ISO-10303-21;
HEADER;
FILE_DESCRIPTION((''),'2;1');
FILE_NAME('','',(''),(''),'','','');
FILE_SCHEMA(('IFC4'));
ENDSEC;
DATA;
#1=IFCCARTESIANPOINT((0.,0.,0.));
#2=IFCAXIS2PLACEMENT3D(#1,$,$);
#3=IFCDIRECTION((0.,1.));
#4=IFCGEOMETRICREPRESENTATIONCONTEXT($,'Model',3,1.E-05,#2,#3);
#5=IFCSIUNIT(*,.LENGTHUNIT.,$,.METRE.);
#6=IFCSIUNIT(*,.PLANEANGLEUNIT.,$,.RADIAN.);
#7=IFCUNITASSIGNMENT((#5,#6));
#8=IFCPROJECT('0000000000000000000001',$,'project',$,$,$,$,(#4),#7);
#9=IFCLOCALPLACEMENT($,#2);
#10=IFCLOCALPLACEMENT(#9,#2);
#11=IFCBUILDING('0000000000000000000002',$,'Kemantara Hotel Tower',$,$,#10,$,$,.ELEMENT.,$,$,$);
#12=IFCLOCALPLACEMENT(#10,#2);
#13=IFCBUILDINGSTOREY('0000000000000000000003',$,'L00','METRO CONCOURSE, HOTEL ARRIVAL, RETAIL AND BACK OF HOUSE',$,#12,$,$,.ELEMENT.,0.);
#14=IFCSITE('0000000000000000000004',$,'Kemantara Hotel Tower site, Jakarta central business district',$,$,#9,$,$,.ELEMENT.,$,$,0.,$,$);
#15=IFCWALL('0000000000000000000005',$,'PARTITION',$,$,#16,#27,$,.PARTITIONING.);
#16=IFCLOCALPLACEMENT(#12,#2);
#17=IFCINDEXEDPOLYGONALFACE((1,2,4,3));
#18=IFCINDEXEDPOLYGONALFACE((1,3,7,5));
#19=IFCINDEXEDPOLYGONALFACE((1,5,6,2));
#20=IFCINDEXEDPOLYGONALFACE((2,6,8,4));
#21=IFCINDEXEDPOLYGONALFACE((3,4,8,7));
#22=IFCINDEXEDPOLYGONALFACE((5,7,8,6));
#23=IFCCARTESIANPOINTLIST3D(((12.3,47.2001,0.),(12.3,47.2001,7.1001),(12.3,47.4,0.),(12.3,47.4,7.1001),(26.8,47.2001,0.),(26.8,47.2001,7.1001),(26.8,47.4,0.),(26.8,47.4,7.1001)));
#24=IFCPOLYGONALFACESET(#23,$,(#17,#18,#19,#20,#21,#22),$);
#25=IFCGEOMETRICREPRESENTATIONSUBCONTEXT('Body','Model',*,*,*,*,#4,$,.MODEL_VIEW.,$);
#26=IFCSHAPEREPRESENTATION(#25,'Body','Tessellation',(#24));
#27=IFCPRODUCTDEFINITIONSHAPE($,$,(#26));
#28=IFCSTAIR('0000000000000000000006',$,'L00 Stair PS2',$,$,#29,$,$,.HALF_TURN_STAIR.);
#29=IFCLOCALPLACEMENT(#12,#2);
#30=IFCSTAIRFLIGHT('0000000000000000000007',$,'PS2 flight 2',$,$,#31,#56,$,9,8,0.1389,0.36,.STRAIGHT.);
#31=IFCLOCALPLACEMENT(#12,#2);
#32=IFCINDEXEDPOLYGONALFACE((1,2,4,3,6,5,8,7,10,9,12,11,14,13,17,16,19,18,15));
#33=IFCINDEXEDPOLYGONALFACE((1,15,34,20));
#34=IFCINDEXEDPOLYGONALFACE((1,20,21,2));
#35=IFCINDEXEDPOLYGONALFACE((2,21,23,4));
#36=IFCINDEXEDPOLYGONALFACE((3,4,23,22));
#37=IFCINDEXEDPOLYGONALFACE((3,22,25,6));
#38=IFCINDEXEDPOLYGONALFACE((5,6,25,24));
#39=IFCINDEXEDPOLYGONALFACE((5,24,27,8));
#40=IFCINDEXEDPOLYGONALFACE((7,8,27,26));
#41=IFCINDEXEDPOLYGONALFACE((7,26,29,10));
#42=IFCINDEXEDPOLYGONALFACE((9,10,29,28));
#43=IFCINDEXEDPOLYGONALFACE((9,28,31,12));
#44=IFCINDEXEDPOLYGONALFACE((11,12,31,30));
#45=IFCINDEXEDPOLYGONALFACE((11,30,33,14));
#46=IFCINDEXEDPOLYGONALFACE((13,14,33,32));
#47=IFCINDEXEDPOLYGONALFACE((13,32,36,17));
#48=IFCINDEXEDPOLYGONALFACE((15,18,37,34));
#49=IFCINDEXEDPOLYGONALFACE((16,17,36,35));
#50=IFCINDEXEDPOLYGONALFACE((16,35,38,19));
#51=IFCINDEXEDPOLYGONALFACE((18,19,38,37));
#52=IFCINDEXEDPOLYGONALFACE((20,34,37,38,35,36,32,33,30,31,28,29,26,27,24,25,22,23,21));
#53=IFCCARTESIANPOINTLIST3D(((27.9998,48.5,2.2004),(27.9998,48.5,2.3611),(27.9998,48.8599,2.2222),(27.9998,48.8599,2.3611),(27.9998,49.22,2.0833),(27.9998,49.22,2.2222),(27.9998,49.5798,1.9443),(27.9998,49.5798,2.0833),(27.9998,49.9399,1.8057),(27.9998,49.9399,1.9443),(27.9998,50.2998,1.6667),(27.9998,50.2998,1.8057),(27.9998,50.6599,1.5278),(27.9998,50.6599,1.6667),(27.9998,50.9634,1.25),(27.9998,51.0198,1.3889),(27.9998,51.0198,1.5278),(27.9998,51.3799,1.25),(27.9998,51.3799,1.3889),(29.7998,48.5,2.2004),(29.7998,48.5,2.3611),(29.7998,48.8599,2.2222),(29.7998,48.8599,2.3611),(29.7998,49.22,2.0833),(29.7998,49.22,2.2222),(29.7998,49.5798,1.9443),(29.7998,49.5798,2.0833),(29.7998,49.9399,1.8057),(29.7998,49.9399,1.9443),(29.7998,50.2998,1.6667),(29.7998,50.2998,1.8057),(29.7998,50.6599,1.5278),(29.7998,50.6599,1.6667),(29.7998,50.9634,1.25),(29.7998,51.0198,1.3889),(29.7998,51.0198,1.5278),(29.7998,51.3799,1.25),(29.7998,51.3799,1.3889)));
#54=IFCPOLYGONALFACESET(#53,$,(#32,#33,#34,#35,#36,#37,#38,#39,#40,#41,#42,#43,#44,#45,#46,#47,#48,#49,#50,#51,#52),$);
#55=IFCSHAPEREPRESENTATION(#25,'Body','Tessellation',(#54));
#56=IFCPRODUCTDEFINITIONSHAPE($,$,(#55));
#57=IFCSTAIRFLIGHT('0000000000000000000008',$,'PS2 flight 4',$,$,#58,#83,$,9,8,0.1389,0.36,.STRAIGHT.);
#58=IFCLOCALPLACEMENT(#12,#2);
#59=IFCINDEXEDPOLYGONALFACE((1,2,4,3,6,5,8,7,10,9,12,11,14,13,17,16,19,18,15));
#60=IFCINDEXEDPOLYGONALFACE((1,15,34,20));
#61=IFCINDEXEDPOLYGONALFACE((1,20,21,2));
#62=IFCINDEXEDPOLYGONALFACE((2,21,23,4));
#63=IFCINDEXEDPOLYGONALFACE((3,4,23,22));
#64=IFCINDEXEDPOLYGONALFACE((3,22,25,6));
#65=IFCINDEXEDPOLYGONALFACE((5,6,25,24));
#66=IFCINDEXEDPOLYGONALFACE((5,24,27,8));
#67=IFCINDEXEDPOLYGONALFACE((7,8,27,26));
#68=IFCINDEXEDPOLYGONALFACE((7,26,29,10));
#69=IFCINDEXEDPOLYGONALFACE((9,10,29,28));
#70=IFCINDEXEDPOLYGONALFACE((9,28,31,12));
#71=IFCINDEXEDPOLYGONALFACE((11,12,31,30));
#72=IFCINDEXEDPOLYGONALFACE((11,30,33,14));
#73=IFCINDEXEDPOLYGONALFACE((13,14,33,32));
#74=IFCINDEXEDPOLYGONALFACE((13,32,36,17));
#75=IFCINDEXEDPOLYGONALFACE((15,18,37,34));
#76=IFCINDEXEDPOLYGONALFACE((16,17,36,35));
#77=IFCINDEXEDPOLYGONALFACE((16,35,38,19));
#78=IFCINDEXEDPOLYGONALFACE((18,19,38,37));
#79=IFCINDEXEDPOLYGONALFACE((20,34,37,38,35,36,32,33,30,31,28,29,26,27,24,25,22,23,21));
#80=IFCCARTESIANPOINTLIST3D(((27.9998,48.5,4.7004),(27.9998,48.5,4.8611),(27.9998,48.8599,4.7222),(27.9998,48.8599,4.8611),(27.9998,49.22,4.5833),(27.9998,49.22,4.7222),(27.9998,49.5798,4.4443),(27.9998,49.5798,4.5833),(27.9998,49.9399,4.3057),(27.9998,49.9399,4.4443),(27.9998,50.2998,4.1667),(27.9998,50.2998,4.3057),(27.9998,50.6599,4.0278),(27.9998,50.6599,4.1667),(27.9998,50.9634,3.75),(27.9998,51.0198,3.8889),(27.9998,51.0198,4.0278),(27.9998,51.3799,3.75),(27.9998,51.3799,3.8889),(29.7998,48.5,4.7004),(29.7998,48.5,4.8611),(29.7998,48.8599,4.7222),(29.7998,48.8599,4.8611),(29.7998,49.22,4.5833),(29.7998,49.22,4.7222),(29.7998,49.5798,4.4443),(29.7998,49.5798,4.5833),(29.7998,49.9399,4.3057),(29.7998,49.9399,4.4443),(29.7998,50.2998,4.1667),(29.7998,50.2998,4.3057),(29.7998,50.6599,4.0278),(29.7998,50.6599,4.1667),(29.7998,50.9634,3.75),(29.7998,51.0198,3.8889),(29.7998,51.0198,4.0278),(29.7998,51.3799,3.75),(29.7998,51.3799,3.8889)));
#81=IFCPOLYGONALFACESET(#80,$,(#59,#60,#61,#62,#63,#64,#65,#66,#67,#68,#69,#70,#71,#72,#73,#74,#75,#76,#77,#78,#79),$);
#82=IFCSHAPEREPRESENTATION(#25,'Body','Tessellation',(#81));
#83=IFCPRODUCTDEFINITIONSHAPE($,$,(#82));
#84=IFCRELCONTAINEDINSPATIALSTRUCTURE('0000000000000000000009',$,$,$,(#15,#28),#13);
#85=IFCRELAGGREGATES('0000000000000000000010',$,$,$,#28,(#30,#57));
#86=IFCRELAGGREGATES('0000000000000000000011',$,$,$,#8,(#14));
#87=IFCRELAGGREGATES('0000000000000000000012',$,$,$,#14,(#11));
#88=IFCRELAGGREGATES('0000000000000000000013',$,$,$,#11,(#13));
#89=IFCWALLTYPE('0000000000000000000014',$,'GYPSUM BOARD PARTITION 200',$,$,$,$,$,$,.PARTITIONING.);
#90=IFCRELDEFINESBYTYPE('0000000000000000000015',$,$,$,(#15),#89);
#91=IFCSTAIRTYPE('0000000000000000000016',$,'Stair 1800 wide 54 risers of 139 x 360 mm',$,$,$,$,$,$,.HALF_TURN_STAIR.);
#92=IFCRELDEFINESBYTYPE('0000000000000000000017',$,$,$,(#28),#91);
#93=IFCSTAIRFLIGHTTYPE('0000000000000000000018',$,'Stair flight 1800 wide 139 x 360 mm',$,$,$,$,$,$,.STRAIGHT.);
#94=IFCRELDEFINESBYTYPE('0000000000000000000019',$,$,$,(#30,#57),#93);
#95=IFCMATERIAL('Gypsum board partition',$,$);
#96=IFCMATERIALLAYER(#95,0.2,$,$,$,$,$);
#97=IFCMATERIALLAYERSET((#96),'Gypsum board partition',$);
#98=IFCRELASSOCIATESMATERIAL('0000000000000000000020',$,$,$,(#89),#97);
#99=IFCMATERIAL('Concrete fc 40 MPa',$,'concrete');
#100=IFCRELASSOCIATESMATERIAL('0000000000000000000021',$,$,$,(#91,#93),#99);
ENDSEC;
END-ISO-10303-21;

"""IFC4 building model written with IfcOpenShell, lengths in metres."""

from ifc_helpers import new_model, si_unit, direction, frame, frame_2d, origin, place, context, subcontext, project, spatial, polyline, rectangle, outline, extrude, material, layer, layer_set, type_object, element, aggregate, save


model = new_model("IFC4")

# Units and contexts
model_context = context("Model", 3, precision=1e-05, world=origin(), true_north=direction((0.0, 1.0)))
body_context = subcontext(model_context, "Body", "Model", "MODEL_VIEW")
ifc_project = project(units=[si_unit("LENGTHUNIT", "METRE"), si_unit("PLANEANGLEUNIT", "RADIAN")], contexts=[model_context])

# Site, building, storey
site_placement = place(None, origin())
site = spatial("IfcSite", under=ifc_project, at=site_placement, Name="Kemantara Hotel Tower site, Jakarta central business district", CompositionType="ELEMENT", RefElevation=0.0)
building_placement = place(site_placement, origin())
building = spatial("IfcBuilding", under=site, at=building_placement, Name="Kemantara Hotel Tower", CompositionType="ELEMENT")
storey_placement = place(building_placement, origin())
storey = spatial("IfcBuildingStorey", under=building, at=storey_placement, Name="L00", Description="METRO CONCOURSE, HOTEL ARRIVAL, RETAIL AND BACK OF HOUSE", CompositionType="ELEMENT", Elevation=0.0)

# Shared definitions
ifc_material_1 = material(Name="Concrete fc 40 MPa", Category="concrete")

# Wall
ifc_material_2 = material(Name="Gypsum board partition")
ifc_layer_1 = layer(ifc_material_2, 0.2)
ifc_layer_set_1 = layer_set([ifc_layer_1], Name="Gypsum board partition")
wall_type_1 = type_object("IfcWallType", Name="GYPSUM BOARD PARTITION 200", PredefinedType="PARTITIONING", material=ifc_layer_set_1)
wall_1_placement = place(storey_placement, frame((12.3, 47.3, 0.0), z_axis=(0.0, 0.0, 1.0), x_axis=(1.0, 0.0, 0.0)))
element("IfcWall", 1, at=wall_1_placement, inside=storey, type_object=wall_type_1, Name="PARTITION", PredefinedType="PARTITIONING", context=body_context, shape_type="SweptSolid", body=[
    extrude(rectangle(XDim=14.5, YDim=0.2, at=frame_2d((7.25, 0.0))), origin(), (0.0, 0.0, 1.0), 7.1001),
])

# Stair, stair flights
stair_type = type_object("IfcStairType", Name="Stair 1800 wide 54 risers of 139 x 360 mm", PredefinedType="HALF_TURN_STAIR", material=ifc_material_1)
stair_placement = place(storey_placement, origin())
stair = element("IfcStair", 2, at=stair_placement, inside=storey, type_object=stair_type, Name="L00 Stair PS2", PredefinedType="HALF_TURN_STAIR")
stair_flight_type = type_object("IfcStairFlightType", Name="Stair flight 1800 wide 139 x 360 mm", PredefinedType="STRAIGHT", material=ifc_material_1)
stair_flight_1_placement = place(storey_placement, frame((28.8999, 51.3799, 1.25), z_axis=(0.0, 0.0, 1.0), x_axis=(0.0, -1.0, 0.0)))
stair_flight_1 = element("IfcStairFlight", 3, at=stair_flight_1_placement, type_object=stair_flight_type, Name="PS2 flight 2", NumberOfRisers=9, NumberOfTreads=8, PredefinedType="STRAIGHT", RiserHeight=0.1389, TreadLength=0.36, context=body_context, shape_type="SweptSolid", body=[
    extrude(outline(polyline([(0.0, 0.0), (0.0, 0.1389), (0.3601, 0.1389), (0.3601, 0.2778), (0.72, 0.2778), (0.72, 0.4167), (1.0801, 0.4167), (1.0801, 0.5557), (1.4399, 0.5557), (1.4399, 0.6943), (1.8, 0.6943), (1.8, 0.8333), (2.1599, 0.8333), (2.1599, 0.9722), (2.52, 0.9722), (2.52, 1.1111), (2.8799, 1.1111), (2.8799, 1.25), (2.8799, 0.9504), (0.4165, 0.0), (0.0, 0.0)])), frame((0.0, 0.8999, 0.0), z_axis=(0.0, -1.0, 0.0), x_axis=(1.0, 0.0, 0.0)), (0.0, 0.0, 1.0), 1.8),
])
stair_flight_2_placement = place(storey_placement, frame((28.8999, 51.3799, 3.75), z_axis=(0.0, 0.0, 1.0), x_axis=(0.0, -1.0, 0.0)))
stair_flight_2 = element("IfcStairFlight", 4, at=stair_flight_2_placement, type_object=stair_flight_type, Name="PS2 flight 4", NumberOfRisers=9, NumberOfTreads=8, PredefinedType="STRAIGHT", RiserHeight=0.1389, TreadLength=0.36, context=body_context, shape_type="SweptSolid", body=[
    extrude(outline(polyline([(0.0, 0.0), (0.0, 0.1389), (0.3601, 0.1389), (0.3601, 0.2778), (0.72, 0.2778), (0.72, 0.4167), (1.0801, 0.4167), (1.0801, 0.5557), (1.4399, 0.5557), (1.4399, 0.6943), (1.8, 0.6943), (1.8, 0.8333), (2.1599, 0.8333), (2.1599, 0.9722), (2.52, 0.9722), (2.52, 1.1111), (2.8799, 1.1111), (2.8799, 1.25), (2.8799, 0.9504), (0.4165, 0.0), (0.0, 0.0)])), frame((0.0, 0.8999, 0.0), z_axis=(0.0, -1.0, 0.0), x_axis=(1.0, 0.0, 0.0)), (0.0, 0.0, 1.0), 1.8),
])
aggregate(stair, [stair_flight_1, stair_flight_2])

save(model, "model.ifc")
